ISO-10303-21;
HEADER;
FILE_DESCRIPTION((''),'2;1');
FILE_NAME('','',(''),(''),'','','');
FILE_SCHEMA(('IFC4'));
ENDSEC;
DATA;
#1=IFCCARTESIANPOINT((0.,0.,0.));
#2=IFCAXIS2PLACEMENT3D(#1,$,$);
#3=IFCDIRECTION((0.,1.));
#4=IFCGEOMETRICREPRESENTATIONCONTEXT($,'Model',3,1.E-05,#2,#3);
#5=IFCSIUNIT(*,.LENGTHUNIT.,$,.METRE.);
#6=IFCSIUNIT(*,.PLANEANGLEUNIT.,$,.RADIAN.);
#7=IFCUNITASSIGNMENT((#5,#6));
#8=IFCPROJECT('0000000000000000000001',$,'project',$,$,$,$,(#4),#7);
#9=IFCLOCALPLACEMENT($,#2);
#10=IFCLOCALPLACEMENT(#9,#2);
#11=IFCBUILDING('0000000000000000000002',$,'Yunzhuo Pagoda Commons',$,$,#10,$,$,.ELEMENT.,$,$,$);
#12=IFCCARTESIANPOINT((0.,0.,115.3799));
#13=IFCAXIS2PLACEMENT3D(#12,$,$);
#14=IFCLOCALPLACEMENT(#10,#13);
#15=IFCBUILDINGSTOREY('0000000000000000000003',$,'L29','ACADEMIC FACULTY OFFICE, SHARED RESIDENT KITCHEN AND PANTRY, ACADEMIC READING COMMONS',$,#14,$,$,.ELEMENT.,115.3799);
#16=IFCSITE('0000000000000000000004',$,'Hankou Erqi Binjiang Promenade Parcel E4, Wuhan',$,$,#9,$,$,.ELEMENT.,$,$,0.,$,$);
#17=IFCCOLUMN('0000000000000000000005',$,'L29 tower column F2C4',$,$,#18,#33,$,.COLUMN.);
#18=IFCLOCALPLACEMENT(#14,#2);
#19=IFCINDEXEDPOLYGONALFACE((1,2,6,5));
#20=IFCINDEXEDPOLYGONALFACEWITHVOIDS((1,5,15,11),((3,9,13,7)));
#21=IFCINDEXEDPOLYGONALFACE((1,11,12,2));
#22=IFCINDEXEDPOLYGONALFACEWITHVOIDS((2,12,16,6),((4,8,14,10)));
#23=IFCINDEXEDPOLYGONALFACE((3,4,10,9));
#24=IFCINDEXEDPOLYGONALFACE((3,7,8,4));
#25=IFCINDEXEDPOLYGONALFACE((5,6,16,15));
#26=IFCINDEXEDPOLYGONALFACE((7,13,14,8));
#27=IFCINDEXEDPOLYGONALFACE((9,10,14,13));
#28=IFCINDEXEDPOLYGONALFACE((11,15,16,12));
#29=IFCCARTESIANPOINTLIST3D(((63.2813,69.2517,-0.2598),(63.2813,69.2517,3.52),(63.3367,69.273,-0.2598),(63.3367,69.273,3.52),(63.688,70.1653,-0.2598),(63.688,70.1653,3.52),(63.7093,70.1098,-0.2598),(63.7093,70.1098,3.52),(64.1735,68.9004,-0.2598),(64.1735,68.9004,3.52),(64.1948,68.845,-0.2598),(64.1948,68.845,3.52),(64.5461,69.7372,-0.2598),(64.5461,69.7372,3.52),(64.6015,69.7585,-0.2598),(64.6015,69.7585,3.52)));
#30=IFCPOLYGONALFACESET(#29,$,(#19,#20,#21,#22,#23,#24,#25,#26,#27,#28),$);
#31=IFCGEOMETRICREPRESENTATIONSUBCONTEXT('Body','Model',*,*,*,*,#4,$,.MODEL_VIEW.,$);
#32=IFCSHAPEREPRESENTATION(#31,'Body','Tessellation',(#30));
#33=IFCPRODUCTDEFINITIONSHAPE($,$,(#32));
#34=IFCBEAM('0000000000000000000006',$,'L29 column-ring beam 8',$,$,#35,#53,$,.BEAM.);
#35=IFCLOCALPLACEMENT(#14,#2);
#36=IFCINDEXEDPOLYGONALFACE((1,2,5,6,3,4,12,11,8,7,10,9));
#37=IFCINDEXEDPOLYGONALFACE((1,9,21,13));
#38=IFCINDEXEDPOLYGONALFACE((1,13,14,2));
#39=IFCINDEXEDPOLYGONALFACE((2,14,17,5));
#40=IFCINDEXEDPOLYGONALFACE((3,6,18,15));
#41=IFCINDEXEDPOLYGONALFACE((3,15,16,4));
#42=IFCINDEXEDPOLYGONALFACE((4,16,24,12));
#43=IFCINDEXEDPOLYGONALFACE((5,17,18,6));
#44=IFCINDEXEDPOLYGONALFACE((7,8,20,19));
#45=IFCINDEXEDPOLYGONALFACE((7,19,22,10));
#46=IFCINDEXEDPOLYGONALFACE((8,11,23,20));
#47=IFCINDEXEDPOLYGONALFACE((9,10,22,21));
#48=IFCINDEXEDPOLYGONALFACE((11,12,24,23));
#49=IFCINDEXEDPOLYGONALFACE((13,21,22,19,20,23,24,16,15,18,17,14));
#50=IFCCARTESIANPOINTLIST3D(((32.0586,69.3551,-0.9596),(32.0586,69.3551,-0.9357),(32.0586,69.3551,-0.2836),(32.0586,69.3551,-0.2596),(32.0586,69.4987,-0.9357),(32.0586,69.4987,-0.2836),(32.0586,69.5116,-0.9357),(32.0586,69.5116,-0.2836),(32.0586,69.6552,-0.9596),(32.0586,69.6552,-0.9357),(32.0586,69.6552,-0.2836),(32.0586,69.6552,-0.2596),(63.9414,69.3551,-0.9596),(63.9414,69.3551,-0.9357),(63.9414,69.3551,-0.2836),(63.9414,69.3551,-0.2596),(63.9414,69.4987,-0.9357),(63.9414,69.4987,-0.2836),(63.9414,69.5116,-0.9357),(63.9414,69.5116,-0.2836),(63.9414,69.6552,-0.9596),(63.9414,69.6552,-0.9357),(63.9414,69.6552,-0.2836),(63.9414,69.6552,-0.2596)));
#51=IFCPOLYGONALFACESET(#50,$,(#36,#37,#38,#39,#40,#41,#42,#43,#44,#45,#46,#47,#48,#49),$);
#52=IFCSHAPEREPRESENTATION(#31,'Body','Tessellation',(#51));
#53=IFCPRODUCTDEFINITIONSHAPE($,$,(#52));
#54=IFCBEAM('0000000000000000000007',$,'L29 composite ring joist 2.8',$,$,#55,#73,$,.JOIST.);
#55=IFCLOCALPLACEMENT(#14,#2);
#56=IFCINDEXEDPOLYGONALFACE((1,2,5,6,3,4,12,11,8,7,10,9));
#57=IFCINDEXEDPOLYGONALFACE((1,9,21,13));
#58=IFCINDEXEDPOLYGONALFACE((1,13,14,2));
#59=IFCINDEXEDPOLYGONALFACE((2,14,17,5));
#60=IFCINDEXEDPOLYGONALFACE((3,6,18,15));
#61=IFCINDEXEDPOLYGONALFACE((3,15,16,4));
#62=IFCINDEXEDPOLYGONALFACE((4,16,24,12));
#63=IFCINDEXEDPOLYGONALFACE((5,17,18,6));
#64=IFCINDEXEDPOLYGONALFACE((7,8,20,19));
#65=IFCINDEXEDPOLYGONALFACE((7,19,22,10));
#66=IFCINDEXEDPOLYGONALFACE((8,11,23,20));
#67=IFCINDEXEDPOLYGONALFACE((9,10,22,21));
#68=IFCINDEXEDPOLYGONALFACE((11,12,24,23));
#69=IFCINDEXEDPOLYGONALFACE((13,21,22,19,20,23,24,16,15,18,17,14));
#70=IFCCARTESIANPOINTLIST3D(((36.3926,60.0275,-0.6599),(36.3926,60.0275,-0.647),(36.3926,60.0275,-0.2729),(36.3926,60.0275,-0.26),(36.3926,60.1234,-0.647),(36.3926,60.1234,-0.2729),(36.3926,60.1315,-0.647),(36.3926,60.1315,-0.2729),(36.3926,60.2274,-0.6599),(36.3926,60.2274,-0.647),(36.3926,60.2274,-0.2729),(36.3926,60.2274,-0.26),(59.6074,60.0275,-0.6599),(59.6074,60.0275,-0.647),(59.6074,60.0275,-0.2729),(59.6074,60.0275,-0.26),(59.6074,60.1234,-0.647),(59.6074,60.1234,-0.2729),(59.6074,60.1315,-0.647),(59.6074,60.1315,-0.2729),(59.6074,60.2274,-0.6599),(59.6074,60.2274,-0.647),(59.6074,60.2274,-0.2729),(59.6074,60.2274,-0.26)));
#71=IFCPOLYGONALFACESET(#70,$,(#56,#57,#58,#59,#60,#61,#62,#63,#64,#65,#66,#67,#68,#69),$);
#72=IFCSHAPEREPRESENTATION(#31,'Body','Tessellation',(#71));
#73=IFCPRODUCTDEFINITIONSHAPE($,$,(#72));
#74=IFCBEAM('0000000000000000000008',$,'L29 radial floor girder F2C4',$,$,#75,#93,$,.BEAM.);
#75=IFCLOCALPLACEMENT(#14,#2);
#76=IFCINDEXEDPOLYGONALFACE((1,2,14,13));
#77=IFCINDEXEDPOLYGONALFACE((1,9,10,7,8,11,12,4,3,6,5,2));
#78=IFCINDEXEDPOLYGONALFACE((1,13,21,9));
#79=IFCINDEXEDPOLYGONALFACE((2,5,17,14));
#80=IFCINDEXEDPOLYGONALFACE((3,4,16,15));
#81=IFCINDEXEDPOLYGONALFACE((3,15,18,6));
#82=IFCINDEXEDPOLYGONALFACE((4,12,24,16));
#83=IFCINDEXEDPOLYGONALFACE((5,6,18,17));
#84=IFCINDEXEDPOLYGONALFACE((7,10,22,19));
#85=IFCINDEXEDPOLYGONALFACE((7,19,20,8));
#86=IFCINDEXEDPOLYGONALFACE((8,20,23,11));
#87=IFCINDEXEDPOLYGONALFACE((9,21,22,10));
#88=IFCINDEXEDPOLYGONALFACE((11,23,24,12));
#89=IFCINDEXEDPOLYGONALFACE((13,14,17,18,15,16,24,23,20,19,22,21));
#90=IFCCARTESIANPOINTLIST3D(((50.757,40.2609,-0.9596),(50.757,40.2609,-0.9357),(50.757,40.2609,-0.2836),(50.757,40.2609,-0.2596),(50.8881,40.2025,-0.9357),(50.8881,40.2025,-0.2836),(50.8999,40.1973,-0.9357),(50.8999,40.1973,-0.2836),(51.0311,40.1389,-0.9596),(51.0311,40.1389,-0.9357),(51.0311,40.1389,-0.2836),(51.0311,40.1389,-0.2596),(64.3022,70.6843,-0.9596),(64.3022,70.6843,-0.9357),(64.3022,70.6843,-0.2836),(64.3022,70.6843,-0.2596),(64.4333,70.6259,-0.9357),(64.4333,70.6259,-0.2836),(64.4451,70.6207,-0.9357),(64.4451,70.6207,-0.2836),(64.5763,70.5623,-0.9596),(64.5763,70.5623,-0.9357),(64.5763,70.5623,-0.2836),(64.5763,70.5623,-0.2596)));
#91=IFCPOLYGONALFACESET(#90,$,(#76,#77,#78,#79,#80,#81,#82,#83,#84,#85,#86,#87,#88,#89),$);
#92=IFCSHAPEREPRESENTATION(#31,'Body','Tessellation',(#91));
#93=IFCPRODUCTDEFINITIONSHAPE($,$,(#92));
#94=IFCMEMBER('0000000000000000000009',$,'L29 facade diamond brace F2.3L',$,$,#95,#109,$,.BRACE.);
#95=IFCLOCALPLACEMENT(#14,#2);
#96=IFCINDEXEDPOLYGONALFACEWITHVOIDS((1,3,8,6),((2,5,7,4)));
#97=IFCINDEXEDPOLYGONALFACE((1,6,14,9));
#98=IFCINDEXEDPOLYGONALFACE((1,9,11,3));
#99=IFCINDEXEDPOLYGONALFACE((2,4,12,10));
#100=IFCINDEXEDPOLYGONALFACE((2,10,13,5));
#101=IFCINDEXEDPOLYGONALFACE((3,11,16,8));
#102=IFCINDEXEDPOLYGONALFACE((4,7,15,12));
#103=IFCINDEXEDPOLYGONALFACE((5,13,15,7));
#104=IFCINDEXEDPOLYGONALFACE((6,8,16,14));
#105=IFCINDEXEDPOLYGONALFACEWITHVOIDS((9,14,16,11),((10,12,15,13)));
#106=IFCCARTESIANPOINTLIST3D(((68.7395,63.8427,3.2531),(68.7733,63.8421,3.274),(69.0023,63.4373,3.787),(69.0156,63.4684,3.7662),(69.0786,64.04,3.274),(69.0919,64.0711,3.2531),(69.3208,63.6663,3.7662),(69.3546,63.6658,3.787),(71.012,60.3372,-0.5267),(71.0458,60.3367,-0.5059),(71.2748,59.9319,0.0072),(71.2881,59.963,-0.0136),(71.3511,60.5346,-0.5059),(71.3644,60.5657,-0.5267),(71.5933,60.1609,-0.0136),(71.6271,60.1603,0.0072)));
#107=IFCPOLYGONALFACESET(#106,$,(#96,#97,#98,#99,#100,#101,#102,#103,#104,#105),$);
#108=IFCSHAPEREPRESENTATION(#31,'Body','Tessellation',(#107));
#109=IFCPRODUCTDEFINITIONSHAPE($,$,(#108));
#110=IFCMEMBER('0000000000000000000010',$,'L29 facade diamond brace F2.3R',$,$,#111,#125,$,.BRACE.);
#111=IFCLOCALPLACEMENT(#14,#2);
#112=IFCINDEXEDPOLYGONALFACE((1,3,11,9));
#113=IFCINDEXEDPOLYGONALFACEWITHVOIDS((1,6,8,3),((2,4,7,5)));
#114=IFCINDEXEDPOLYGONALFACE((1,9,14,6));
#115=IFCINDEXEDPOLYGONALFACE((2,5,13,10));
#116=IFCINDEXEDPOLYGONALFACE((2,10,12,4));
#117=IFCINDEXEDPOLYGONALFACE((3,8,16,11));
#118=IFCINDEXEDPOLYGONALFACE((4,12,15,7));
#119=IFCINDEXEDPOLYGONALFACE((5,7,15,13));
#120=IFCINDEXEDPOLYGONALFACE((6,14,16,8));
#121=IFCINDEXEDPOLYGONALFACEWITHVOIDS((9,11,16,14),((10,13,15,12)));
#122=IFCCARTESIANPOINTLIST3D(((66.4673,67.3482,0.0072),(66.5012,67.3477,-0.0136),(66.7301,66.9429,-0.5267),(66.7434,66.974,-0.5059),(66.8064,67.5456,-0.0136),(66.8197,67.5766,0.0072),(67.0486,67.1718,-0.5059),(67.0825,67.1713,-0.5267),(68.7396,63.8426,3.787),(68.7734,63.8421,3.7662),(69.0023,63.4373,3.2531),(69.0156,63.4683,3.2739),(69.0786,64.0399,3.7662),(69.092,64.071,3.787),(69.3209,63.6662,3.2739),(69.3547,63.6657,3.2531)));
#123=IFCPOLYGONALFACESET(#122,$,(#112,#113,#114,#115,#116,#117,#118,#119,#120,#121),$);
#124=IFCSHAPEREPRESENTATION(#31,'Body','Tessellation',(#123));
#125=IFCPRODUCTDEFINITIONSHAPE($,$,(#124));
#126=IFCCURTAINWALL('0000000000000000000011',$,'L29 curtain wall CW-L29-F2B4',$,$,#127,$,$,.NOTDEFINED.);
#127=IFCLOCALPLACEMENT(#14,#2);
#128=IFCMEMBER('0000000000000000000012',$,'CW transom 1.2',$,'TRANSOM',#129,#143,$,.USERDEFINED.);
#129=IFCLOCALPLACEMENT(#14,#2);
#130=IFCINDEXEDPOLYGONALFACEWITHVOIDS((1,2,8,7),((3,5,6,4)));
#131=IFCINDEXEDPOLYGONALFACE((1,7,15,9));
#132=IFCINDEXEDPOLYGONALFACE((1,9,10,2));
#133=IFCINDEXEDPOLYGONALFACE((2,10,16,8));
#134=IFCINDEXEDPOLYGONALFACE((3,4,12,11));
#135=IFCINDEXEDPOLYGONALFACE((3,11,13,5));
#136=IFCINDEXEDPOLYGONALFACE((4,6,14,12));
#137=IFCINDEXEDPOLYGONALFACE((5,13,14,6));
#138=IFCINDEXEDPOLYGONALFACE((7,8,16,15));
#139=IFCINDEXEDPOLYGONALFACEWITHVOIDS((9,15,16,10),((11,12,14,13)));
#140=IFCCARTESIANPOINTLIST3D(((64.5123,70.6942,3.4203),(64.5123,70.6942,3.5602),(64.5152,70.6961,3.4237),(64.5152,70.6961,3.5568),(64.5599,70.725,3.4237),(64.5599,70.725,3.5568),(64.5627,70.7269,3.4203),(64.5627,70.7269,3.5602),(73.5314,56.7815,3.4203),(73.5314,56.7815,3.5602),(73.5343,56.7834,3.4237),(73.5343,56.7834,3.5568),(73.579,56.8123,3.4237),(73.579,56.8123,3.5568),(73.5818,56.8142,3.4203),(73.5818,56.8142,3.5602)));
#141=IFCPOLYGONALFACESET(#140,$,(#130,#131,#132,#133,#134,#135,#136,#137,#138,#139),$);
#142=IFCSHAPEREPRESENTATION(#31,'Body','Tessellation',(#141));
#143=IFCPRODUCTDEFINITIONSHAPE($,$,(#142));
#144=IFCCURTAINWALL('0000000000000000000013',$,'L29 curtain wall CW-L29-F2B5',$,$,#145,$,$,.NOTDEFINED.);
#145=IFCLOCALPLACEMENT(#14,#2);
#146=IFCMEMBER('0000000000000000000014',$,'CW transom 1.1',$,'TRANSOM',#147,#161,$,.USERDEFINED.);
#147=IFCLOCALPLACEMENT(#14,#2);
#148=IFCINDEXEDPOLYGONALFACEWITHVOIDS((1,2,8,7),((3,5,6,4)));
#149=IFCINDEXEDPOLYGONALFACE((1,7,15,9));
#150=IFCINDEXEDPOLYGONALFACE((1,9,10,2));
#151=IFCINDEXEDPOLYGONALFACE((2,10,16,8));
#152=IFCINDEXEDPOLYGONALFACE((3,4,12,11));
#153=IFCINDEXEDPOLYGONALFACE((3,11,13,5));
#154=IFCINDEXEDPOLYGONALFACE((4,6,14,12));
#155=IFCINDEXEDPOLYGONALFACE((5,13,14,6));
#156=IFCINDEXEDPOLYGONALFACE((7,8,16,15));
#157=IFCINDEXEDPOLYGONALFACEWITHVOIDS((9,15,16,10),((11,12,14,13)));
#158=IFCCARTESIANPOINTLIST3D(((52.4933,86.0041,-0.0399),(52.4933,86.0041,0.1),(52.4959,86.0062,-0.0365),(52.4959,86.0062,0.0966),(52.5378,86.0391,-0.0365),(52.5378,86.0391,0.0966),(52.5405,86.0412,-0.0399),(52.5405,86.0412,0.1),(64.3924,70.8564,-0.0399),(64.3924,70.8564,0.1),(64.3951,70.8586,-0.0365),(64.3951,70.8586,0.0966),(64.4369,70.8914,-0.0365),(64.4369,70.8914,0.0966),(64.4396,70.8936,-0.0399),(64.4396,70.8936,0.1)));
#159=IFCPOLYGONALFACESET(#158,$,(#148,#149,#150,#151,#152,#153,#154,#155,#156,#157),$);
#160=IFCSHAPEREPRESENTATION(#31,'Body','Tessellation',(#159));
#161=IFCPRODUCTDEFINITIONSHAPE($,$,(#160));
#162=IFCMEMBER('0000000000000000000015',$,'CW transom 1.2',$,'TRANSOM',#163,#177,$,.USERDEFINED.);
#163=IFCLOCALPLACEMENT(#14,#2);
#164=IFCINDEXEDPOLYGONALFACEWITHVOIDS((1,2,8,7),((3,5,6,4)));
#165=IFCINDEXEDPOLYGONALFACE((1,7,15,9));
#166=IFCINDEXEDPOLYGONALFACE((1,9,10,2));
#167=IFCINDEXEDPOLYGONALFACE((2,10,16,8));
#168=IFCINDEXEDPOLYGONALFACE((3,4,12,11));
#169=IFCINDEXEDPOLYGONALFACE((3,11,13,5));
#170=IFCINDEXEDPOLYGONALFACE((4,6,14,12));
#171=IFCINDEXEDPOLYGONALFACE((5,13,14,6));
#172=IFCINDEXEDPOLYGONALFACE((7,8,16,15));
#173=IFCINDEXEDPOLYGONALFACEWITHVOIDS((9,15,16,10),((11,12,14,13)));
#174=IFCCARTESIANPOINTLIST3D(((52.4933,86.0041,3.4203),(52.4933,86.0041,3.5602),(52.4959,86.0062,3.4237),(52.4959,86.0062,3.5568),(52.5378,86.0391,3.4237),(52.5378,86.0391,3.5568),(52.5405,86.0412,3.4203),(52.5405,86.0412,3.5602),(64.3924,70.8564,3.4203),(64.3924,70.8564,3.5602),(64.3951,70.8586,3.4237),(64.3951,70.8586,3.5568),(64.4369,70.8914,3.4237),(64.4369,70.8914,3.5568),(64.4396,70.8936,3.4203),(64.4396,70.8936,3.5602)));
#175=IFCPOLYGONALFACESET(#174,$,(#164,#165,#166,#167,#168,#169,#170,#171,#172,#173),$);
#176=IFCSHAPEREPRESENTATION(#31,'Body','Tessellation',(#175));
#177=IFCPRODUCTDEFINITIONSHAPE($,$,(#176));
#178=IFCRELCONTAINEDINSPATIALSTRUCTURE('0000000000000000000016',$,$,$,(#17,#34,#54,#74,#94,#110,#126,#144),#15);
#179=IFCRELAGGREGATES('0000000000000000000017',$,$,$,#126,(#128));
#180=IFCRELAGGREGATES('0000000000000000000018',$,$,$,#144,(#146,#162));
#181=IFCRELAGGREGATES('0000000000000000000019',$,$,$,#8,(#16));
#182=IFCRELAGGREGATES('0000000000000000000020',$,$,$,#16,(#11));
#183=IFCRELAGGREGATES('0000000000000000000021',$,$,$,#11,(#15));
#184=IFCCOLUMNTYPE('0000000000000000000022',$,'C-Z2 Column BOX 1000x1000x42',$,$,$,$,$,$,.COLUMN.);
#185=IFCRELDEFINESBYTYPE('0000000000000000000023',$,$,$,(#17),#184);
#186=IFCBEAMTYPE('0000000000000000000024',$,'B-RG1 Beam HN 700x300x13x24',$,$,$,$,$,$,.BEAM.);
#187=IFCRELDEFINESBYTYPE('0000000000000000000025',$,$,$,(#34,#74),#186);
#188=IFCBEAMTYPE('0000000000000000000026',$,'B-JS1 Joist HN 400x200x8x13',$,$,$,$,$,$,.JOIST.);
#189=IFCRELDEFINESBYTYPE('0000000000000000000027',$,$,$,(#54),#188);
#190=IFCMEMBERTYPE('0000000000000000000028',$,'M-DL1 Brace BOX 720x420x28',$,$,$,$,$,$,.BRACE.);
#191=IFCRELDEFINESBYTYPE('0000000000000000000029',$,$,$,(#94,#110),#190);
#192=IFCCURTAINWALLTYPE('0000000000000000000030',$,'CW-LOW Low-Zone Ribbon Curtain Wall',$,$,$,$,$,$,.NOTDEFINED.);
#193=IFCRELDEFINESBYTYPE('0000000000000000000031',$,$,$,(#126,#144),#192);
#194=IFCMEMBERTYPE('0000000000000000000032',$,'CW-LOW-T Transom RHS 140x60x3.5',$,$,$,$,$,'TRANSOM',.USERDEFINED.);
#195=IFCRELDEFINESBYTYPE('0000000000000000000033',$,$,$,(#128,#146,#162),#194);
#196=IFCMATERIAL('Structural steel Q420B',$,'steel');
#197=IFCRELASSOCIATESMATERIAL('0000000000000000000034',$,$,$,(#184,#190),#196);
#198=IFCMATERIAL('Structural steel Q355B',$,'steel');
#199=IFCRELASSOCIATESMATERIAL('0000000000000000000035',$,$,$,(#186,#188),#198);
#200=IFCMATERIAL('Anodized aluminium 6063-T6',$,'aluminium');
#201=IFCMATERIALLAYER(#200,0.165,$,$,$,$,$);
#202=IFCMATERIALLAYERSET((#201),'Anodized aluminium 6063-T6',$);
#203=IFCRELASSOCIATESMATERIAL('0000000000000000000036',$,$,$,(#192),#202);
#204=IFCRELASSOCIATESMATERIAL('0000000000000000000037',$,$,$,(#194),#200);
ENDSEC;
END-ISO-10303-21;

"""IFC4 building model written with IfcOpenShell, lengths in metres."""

from ifc_helpers import new_model, si_unit, direction, frame, origin, origin_2d, place, context, subcontext, project, spatial, hollow_rectangle, i_section, extrude, source, transform, mapped, material, layer, layer_set, material_profile, profile_set, type_object, element, aggregate, save


model = new_model("IFC4")

# Units and contexts
model_context = context("Model", 3, precision=1e-05, world=origin(), true_north=direction((0.0, 1.0)))
body_context = subcontext(model_context, "Body", "Model", "MODEL_VIEW")
ifc_project = project(units=[si_unit("LENGTHUNIT", "METRE"), si_unit("PLANEANGLEUNIT", "RADIAN")], contexts=[model_context])

# Site, building, storey
site_placement = place(None, origin())
site = spatial("IfcSite", under=ifc_project, at=site_placement, Name="Hankou Erqi Binjiang Promenade Parcel E4, Wuhan", CompositionType="ELEMENT", RefElevation=0.0)
building_placement = place(site_placement, origin())
building = spatial("IfcBuilding", under=site, at=building_placement, Name="Yunzhuo Pagoda Commons", CompositionType="ELEMENT")
storey_placement = place(building_placement, frame((0.0, 0.0, 115.3799)))
storey = spatial("IfcBuildingStorey", under=building, at=storey_placement, Name="L29", Description="ACADEMIC FACULTY OFFICE, SHARED RESIDENT KITCHEN AND PANTRY, ACADEMIC READING COMMONS", CompositionType="ELEMENT", Elevation=115.3799)

# Column
ifc_material_1 = material(Name="Structural steel Q420B", Category="steel")
ifc_material_profile_1 = material_profile(ifc_material_1, hollow_rectangle(XDim=1.0, YDim=1.0, WallThickness=0.042, at=origin_2d()), Name="Structural steel Q420B")
ifc_profile_set_1 = profile_set([ifc_material_profile_1], Name="Structural steel Q420B")
column_type = type_object("IfcColumnType", Name="C-Z2 Column BOX 1000x1000x42", PredefinedType="COLUMN", material=ifc_profile_set_1)
shared_shape_1 = source(origin(), body_context, "Body", "SweptSolid", [
    extrude(hollow_rectangle(XDim=1.0, YDim=1.0, WallThickness=0.042, at=origin_2d()), origin(), (0.0, 0.0, 1.0), 3.7798),
])
column_placement = place(storey_placement, frame((63.9414, 69.5051, -0.2598), z_axis=(0.0, 0.0, 1.0), x_axis=(-0.913545, 0.406737, 0.0)))
element("IfcColumn", 1, at=column_placement, inside=storey, type_object=column_type, Name="L29 tower column F2C4", PredefinedType="COLUMN", context=body_context, shape_type="MappedRepresentation", body=[
    mapped(shared_shape_1, transform((0.0, 0.0, 0.0), scale=1.0)),
])

# Beams
ifc_material_2 = material(Name="Structural steel Q355B", Category="steel")
ifc_material_profile_2 = material_profile(ifc_material_2, i_section(OverallWidth=0.3, OverallDepth=0.7, WebThickness=0.0129, FlangeThickness=0.0239, at=origin_2d()), Name="Structural steel Q355B")
ifc_profile_set_2 = profile_set([ifc_material_profile_2], Name="Structural steel Q355B")
beam_type_1 = type_object("IfcBeamType", Name="B-RG1 Beam HN 700x300x13x24", PredefinedType="BEAM", material=ifc_profile_set_2)
shared_shape_2 = source(origin(), body_context, "Body", "SweptSolid", [
    extrude(i_section(OverallWidth=0.3, OverallDepth=0.7, WebThickness=0.0129, FlangeThickness=0.0239, at=origin_2d()), origin(), (0.0, 0.0, 1.0), 31.8828),
])
beam_1_placement = place(storey_placement, frame((63.9414, 69.5051, -0.6096), z_axis=(-1.0, 0.0, 0.0), x_axis=(0.0, -1.0, 0.0)))
element("IfcBeam", 2, at=beam_1_placement, inside=storey, type_object=beam_type_1, Name="L29 column-ring beam 8", PredefinedType="BEAM", context=body_context, shape_type="MappedRepresentation", body=[
    mapped(shared_shape_2, transform((0.0, 0.0, 0.0), scale=1.0)),
])
ifc_material_profile_3 = material_profile(ifc_material_2, i_section(OverallWidth=0.2, OverallDepth=0.3999, WebThickness=0.0081, FlangeThickness=0.0129, at=origin_2d()), Name="Structural steel Q355B")
ifc_profile_set_3 = profile_set([ifc_material_profile_3], Name="Structural steel Q355B")
beam_type_2 = type_object("IfcBeamType", Name="B-JS1 Joist HN 400x200x8x13", PredefinedType="JOIST", material=ifc_profile_set_3)
shared_shape_3 = source(origin(), body_context, "Body", "SweptSolid", [
    extrude(i_section(OverallWidth=0.2, OverallDepth=0.3999, WebThickness=0.0081, FlangeThickness=0.0129, at=origin_2d()), origin(), (0.0, 0.0, 1.0), 23.2148),
])
beam_2_placement = place(storey_placement, frame((59.6074, 60.1274, -0.46), z_axis=(-1.0, 0.0, 0.0), x_axis=(0.0, -1.0, 0.0)))
element("IfcBeam", 3, at=beam_2_placement, inside=storey, type_object=beam_type_2, Name="L29 composite ring joist 2.8", PredefinedType="JOIST", context=body_context, shape_type="MappedRepresentation", body=[
    mapped(shared_shape_3, transform((0.0, 0.0, 0.0), scale=1.0)),
])
shared_shape_4 = source(origin(), body_context, "Body", "SweptSolid", [
    extrude(i_section(OverallWidth=0.3, OverallDepth=0.7, WebThickness=0.0129, FlangeThickness=0.0239, at=origin_2d()), origin(), (0.0, 0.0, 1.0), 33.3025),
])
beam_3_placement = place(storey_placement, frame((64.4392, 70.6233, -0.6096), z_axis=(-0.406732, -0.913547, 0.0), x_axis=(0.913547, -0.406732, 0.0)))
element("IfcBeam", 4, at=beam_3_placement, inside=storey, type_object=beam_type_1, Name="L29 radial floor girder F2C4", PredefinedType="BEAM", context=body_context, shape_type="MappedRepresentation", body=[
    mapped(shared_shape_4, transform((0.0, 0.0, 0.0), scale=1.0)),
])

# Members
ifc_material_profile_4 = material_profile(ifc_material_1, hollow_rectangle(XDim=0.4199, YDim=0.72, WallThickness=0.0281, at=origin_2d()), Name="Structural steel Q420B")
ifc_profile_set_4 = profile_set([ifc_material_profile_4], Name="Structural steel Q420B")
member_type_1 = type_object("IfcMemberType", Name="M-DL1 Brace BOX 720x420x28", PredefinedType="BRACE", material=ifc_profile_set_4)
shared_shape_5 = source(origin(), body_context, "Body", "SweptSolid", [
    extrude(hollow_rectangle(XDim=0.4199, YDim=0.72, WallThickness=0.0281, at=origin_2d()), origin(), (0.0, 0.0, 1.0), 5.6338),
])
for number, where, z_axis, x_axis, name in (
    (5, (71.3196, 60.2488, -0.2598), (-0.40337, 0.622216, 0.670925), (-0.839103, -0.543973, 0.0), "L29 facade diamond brace F2.3L"),
    (6, (66.7749, 67.2598, -0.2598), (0.403323, -0.622253, 0.670919), (0.839147, 0.543905, 0.0), "L29 facade diamond brace F2.3R"),
):
    element("IfcMember", number, at=place(storey_placement, frame(where, z_axis=z_axis, x_axis=x_axis)), inside=storey, type_object=member_type_1, Name=name, PredefinedType="BRACE", context=body_context, shape_type="MappedRepresentation", body=[
        mapped(shared_shape_5, transform((0.0, 0.0, 0.0), scale=1.0)),
    ])

# Curtain wall, member
ifc_material_3 = material(Name="Anodized aluminium 6063-T6", Category="aluminium")
ifc_layer_1 = layer(ifc_material_3, 0.165)
ifc_layer_set_1 = layer_set([ifc_layer_1], Name="Anodized aluminium 6063-T6")
curtain_wall_type = type_object("IfcCurtainWallType", Name="CW-LOW Low-Zone Ribbon Curtain Wall", PredefinedType="NOTDEFINED", material=ifc_layer_set_1)
curtain_wall_1_placement = place(storey_placement, origin())
curtain_wall_1 = element("IfcCurtainWall", 7, at=curtain_wall_1_placement, inside=storey, type_object=curtain_wall_type, Name="L29 curtain wall CW-L29-F2B4", PredefinedType="NOTDEFINED")
ifc_material_profile_5 = material_profile(ifc_material_3, hollow_rectangle(XDim=0.0601, YDim=0.1399, WallThickness=0.0034, at=origin_2d()), Name="Anodized aluminium 6063-T6")
ifc_profile_set_5 = profile_set([ifc_material_profile_5], Name="Anodized aluminium 6063-T6")
member_type_2 = type_object("IfcMemberType", Name="CW-LOW-T Transom RHS 140x60x3.5", ElementType="TRANSOM", PredefinedType="USERDEFINED", material=ifc_profile_set_5)
shared_shape_6 = source(origin(), body_context, "Body", "SweptSolid", [
    extrude(hollow_rectangle(XDim=0.0601, YDim=0.1399, WallThickness=0.0034, at=origin_2d()), origin(), (0.0, 0.0, 1.0), 16.5803),
])
member_1_placement = place(storey_placement, frame((73.5566, 56.7979, 3.4902), z_axis=(-0.543964, 0.839108, 0.0), x_axis=(-0.839108, -0.543964, 0.0)))
member_1 = element("IfcMember", 8, at=member_1_placement, type_object=member_type_2, Name="CW transom 1.2", ObjectType="TRANSOM", PredefinedType="USERDEFINED", context=body_context, shape_type="MappedRepresentation", body=[
    mapped(shared_shape_6, transform((0.0, 0.0, 0.0), scale=1.0)),
])

# Curtain wall, members
curtain_wall_2_placement = place(storey_placement, origin())
curtain_wall_2 = element("IfcCurtainWall", 9, at=curtain_wall_2_placement, inside=storey, type_object=curtain_wall_type, Name="L29 curtain wall CW-L29-F2B5", PredefinedType="NOTDEFINED")
shared_shape_7 = source(origin(), body_context, "Body", "SweptSolid", [
    extrude(hollow_rectangle(XDim=0.0601, YDim=0.1399, WallThickness=0.0034, at=origin_2d()), origin(), (0.0, 0.0, 1.0), 19.2625),
])
member_2_placement = place(storey_placement, frame((64.416, 70.875, 0.03), z_axis=(-0.617738, 0.786384, 0.0), x_axis=(-0.786384, -0.617738, 0.0)))
member_2 = element("IfcMember", 10, at=member_2_placement, type_object=member_type_2, Name="CW transom 1.1", ObjectType="TRANSOM", PredefinedType="USERDEFINED", context=body_context, shape_type="MappedRepresentation", body=[
    mapped(shared_shape_7, transform((0.0, 0.0, 0.0), scale=1.0)),
])
member_3_placement = place(storey_placement, frame((64.416, 70.875, 3.4902), z_axis=(-0.617738, 0.786384, 0.0), x_axis=(-0.786384, -0.617738, 0.0)))
member_3 = element("IfcMember", 11, at=member_3_placement, type_object=member_type_2, Name="CW transom 1.2", ObjectType="TRANSOM", PredefinedType="USERDEFINED", context=body_context, shape_type="MappedRepresentation", body=[
    mapped(shared_shape_7, transform((0.0, 0.0, 0.0), scale=1.0)),
])

aggregate(curtain_wall_1, [member_1])
aggregate(curtain_wall_2, [member_2, member_3])

save(model, "model.ifc")
